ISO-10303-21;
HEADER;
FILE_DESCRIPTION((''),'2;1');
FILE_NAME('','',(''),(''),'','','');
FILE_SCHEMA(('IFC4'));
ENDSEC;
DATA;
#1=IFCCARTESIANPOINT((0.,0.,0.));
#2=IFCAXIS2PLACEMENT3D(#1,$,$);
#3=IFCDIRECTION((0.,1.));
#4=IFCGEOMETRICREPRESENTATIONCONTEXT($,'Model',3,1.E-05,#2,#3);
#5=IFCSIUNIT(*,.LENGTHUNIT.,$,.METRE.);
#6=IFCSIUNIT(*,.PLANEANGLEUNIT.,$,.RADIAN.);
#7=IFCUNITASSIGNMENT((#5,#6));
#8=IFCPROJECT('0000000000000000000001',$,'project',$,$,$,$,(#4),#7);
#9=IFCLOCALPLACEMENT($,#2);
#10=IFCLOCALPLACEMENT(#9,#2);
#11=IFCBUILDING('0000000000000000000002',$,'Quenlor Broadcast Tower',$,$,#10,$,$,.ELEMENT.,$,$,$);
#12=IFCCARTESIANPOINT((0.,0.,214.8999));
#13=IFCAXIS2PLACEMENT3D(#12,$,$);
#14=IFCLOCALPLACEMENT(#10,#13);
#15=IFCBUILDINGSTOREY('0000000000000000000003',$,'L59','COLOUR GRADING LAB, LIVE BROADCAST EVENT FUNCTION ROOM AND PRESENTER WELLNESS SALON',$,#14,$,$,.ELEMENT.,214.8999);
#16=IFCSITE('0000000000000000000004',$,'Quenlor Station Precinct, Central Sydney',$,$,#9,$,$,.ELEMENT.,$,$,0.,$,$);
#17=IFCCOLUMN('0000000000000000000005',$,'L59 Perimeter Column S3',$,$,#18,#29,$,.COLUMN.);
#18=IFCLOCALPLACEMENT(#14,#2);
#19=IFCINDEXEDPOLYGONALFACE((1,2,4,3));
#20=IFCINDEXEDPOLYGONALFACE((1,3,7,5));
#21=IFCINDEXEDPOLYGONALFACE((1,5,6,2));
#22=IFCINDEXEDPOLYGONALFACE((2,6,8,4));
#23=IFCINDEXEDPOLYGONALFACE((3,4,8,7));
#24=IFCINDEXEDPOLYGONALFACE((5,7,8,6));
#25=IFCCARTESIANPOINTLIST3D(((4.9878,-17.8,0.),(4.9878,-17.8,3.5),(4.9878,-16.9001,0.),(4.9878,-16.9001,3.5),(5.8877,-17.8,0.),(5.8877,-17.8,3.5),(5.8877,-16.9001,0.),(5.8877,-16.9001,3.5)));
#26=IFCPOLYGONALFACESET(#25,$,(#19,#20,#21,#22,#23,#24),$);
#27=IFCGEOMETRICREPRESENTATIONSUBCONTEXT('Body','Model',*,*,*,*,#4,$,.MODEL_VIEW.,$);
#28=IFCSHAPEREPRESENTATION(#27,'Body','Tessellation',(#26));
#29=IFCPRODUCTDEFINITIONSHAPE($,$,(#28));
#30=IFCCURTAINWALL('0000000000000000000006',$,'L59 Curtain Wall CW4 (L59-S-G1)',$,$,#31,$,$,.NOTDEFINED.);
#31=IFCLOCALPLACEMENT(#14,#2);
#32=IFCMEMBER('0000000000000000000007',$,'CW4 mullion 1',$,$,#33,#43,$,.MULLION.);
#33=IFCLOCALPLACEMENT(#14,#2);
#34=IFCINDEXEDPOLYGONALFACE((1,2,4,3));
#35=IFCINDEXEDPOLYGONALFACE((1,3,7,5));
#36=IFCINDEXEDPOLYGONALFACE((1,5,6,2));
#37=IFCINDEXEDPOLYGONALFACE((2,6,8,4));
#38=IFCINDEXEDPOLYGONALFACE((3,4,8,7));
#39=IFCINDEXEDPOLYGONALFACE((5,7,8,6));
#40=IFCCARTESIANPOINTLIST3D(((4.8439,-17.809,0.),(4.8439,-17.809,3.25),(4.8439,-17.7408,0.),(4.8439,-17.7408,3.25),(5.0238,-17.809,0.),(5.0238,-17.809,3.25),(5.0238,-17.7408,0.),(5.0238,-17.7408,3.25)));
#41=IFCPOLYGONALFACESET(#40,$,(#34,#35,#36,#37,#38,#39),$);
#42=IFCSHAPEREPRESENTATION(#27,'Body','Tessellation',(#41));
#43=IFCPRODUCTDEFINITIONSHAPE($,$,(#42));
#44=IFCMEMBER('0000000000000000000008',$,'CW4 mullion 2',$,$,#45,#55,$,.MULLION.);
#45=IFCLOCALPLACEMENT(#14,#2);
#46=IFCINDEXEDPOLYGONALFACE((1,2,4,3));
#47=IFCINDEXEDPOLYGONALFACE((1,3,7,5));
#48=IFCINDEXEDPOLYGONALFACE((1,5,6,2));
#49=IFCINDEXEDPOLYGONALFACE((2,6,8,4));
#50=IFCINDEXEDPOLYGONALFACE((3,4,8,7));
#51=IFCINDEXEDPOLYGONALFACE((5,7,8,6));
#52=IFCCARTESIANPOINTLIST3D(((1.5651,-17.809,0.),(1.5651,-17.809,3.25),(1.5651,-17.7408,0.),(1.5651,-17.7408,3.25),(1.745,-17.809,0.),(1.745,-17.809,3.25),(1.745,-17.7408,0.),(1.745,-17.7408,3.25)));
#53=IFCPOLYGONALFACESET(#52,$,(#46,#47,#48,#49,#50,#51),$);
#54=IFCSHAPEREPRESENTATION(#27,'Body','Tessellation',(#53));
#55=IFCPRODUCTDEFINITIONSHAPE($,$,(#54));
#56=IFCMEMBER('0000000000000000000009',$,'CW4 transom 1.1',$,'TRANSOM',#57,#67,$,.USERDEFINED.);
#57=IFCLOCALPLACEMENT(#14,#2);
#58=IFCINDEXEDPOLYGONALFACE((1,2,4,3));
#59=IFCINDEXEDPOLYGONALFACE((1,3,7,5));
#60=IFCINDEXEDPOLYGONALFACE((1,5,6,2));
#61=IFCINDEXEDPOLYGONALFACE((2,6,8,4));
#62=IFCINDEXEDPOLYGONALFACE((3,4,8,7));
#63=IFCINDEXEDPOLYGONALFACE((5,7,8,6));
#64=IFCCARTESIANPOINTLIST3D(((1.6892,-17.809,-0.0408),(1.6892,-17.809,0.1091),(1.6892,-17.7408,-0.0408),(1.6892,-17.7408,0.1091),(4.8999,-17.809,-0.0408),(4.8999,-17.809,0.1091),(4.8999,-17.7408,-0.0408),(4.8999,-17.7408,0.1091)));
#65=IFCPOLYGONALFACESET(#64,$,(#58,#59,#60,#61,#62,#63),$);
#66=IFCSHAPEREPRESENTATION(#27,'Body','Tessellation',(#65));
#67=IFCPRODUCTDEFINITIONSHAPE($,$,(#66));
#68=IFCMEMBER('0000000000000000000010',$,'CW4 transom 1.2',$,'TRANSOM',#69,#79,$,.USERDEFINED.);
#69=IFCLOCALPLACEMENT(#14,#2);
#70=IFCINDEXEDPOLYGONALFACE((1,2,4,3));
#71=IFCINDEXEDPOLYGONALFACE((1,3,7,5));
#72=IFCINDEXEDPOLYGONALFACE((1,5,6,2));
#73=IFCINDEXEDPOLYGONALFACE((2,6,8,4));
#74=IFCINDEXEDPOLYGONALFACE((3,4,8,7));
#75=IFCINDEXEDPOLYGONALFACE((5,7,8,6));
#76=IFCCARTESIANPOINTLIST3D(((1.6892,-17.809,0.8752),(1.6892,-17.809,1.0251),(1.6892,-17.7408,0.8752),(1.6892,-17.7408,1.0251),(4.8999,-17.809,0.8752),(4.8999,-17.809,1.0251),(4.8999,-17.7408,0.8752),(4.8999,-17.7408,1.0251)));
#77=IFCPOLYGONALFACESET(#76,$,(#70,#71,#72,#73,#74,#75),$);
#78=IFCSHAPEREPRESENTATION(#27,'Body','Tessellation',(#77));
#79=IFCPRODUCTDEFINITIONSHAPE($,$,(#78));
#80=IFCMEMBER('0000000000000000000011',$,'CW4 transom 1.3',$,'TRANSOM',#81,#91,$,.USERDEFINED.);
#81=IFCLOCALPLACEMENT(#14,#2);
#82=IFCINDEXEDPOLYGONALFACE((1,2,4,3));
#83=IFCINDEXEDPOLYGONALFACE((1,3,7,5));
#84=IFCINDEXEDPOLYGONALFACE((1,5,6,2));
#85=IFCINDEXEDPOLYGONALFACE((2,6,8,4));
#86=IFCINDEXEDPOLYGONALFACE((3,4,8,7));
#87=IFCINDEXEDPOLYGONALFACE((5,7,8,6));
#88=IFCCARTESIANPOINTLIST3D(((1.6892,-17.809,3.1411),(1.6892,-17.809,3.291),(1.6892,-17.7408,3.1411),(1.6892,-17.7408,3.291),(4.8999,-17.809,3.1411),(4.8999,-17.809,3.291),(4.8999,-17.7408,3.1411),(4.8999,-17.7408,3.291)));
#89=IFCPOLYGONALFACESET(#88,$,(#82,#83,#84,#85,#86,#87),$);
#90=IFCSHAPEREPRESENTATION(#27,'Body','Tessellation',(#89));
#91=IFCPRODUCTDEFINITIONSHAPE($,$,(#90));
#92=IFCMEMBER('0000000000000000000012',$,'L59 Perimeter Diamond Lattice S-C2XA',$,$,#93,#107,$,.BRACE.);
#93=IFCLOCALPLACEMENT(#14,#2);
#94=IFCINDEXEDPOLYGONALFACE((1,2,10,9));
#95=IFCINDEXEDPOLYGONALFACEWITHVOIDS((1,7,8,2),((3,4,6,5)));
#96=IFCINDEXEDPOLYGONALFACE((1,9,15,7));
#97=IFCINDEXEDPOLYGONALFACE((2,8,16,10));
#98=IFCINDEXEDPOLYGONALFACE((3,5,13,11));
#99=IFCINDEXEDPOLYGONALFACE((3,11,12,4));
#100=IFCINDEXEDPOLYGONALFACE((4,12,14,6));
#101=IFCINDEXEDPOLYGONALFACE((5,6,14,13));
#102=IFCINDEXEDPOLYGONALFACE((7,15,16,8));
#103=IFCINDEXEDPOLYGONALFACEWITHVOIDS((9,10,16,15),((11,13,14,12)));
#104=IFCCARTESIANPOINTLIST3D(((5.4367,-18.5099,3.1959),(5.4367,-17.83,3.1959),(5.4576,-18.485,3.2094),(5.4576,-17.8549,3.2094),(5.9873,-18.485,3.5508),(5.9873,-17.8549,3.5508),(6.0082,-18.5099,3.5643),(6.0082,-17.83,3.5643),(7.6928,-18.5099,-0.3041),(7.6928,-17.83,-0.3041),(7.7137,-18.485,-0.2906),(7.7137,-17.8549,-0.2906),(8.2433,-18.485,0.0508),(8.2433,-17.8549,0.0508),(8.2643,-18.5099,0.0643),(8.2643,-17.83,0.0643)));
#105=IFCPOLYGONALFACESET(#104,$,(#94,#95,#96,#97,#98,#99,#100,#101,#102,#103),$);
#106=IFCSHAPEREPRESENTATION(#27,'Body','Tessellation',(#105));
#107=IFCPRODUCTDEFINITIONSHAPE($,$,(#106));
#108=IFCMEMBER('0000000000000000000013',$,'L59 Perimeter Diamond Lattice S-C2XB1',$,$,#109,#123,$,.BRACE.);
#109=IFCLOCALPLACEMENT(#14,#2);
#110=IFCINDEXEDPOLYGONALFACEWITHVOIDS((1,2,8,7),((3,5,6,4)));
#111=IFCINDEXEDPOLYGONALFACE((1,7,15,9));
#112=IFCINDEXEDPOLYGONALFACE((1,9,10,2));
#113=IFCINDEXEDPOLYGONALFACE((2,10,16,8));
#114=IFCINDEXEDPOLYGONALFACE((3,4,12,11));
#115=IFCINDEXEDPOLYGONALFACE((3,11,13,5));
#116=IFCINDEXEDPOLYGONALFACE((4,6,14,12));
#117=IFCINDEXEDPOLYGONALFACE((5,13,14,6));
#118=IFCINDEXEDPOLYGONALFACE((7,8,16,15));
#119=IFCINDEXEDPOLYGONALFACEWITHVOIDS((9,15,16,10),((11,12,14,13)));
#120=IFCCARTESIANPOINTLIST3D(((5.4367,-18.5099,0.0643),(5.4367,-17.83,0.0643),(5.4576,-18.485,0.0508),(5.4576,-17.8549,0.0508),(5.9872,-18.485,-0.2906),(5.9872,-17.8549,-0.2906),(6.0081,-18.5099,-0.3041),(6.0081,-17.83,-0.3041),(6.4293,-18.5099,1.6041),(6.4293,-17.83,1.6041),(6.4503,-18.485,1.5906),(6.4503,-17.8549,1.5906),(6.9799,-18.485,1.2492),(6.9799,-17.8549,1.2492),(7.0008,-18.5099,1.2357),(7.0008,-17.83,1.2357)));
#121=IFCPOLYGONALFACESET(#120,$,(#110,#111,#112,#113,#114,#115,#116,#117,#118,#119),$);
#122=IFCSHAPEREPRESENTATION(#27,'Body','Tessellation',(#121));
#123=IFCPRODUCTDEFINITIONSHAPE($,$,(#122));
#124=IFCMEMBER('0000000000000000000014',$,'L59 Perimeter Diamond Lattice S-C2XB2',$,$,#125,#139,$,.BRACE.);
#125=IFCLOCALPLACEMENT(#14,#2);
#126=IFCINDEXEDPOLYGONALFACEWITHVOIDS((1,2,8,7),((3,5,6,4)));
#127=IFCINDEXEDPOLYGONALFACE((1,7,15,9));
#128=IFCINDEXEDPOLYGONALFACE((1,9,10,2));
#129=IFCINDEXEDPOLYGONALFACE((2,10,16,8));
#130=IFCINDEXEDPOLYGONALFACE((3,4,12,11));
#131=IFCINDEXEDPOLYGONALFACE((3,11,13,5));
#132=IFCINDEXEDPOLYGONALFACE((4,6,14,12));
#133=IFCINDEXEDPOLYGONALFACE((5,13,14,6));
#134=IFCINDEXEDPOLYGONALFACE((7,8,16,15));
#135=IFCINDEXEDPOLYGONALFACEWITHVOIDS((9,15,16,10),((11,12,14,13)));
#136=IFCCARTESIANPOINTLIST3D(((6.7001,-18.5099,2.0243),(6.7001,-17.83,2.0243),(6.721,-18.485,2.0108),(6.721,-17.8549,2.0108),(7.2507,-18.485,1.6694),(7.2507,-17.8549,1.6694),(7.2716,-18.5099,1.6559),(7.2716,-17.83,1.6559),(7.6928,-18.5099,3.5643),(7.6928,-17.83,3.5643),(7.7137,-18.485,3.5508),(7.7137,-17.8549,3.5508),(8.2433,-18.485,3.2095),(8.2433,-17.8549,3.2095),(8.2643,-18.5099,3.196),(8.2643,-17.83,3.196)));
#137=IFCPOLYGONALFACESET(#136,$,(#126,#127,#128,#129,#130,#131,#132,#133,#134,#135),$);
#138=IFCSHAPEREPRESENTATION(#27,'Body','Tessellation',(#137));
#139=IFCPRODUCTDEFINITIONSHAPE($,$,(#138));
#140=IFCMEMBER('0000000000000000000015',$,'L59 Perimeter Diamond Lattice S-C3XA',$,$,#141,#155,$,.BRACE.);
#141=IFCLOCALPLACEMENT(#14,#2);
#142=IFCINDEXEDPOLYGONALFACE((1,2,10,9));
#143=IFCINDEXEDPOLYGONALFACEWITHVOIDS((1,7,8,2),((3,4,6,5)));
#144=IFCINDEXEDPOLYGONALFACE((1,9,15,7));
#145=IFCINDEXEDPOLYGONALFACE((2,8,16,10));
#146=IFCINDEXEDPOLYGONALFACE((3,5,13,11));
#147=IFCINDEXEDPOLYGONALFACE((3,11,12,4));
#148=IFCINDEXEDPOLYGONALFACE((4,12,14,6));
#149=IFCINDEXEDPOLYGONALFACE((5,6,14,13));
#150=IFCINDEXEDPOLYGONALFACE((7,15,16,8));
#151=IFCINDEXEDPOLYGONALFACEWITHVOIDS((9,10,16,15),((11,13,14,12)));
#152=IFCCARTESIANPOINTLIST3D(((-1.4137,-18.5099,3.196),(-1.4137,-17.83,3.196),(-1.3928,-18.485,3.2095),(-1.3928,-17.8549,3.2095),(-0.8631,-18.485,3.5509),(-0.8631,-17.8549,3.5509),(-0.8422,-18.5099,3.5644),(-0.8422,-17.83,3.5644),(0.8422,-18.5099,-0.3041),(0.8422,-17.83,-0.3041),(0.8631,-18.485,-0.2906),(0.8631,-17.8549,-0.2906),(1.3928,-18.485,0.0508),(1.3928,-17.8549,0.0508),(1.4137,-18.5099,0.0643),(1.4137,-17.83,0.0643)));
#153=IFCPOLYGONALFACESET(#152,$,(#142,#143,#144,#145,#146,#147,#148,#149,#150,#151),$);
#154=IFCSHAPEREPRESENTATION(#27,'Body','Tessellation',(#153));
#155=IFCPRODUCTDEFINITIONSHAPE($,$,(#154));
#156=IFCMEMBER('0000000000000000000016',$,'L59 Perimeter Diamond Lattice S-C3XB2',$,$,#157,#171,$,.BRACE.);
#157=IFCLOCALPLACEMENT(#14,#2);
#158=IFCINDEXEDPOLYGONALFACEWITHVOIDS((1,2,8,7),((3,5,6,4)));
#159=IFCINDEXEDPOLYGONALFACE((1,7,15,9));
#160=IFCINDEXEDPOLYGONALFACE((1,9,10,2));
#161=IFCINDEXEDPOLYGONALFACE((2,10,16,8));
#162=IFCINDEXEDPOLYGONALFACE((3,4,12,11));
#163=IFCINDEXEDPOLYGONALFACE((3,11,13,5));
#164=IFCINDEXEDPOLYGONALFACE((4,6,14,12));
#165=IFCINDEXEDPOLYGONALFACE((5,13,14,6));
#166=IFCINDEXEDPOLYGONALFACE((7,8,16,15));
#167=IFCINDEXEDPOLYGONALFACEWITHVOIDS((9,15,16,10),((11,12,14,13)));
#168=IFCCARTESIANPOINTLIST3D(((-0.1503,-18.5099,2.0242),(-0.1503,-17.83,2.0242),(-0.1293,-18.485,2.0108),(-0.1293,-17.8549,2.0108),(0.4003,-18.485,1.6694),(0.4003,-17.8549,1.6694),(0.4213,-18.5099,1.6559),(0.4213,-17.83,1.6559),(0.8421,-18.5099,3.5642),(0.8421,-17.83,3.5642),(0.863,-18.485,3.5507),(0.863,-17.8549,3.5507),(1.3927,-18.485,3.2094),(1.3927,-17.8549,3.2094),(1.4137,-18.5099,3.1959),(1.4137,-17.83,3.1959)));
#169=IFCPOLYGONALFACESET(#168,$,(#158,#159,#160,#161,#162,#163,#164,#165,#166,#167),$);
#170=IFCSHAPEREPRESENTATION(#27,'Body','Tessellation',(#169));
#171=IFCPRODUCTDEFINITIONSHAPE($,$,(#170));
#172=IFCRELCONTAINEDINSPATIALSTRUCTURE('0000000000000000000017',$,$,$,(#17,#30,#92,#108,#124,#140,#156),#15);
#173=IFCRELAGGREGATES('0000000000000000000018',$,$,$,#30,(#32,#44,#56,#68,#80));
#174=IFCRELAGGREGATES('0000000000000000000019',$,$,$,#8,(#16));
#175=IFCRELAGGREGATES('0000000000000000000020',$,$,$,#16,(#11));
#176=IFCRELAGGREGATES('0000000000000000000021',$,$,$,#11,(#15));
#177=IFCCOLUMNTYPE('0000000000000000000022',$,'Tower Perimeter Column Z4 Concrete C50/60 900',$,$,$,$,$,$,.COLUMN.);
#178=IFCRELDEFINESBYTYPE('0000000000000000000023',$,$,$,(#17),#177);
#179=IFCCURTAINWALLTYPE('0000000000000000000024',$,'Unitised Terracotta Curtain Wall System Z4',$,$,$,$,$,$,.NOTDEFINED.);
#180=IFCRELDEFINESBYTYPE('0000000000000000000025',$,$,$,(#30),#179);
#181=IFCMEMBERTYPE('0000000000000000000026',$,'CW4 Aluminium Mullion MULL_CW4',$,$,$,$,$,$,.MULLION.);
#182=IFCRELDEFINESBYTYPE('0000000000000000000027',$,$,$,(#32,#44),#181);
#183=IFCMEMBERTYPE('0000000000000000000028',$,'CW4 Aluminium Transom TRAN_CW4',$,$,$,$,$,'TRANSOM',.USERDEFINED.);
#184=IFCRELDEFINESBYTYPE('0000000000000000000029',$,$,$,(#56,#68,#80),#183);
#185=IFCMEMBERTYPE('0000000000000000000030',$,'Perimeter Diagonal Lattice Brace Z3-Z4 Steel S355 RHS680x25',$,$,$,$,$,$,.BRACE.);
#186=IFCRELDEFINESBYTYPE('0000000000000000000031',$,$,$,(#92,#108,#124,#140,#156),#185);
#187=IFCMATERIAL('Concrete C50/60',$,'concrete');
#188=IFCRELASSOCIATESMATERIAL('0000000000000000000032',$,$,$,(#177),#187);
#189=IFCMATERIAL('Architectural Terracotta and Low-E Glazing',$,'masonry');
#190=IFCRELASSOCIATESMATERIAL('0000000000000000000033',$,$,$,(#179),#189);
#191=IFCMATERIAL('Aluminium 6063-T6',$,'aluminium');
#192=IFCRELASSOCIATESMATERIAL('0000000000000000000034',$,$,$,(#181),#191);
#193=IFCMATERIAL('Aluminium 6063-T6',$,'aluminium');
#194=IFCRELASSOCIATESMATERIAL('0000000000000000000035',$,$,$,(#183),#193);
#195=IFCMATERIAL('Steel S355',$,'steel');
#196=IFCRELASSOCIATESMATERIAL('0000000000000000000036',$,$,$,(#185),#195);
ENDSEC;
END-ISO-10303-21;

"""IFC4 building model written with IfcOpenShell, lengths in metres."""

from ifc_helpers import new_model, si_unit, direction, frame, origin, origin_2d, place, context, subcontext, project, spatial, rectangle, hollow_rectangle, extrude, material, material_profile, profile_set, type_object, element, aggregate, save


model = new_model("IFC4")

# Units and contexts
model_context = context("Model", 3, precision=1e-05, world=origin(), true_north=direction((0.0, 1.0)))
body_context = subcontext(model_context, "Body", "Model", "MODEL_VIEW")
ifc_project = project(units=[si_unit("LENGTHUNIT", "METRE"), si_unit("PLANEANGLEUNIT", "RADIAN")], contexts=[model_context])

# Site, building, storey
site_placement = place(None, origin())
site = spatial("IfcSite", under=ifc_project, at=site_placement, Name="Quenlor Station Precinct, Central Sydney", CompositionType="ELEMENT", RefElevation=0.0)
building_placement = place(site_placement, origin())
building = spatial("IfcBuilding", under=site, at=building_placement, Name="Quenlor Broadcast Tower", CompositionType="ELEMENT")
storey_placement = place(building_placement, frame((0.0, 0.0, 214.8999)))
storey = spatial("IfcBuildingStorey", under=building, at=storey_placement, Name="L59", Description="COLOUR GRADING LAB, LIVE BROADCAST EVENT FUNCTION ROOM AND PRESENTER WELLNESS SALON", CompositionType="ELEMENT", Elevation=214.8999)

# Column
ifc_material_1 = material(Name="Concrete C50/60", Category="concrete")
ifc_material_profile_1 = material_profile(ifc_material_1, rectangle(XDim=0.8999, YDim=0.8999, at=origin_2d()))
ifc_profile_set_1 = profile_set([ifc_material_profile_1], Name="Concrete C50/60 RC900x900")
column_type = type_object("IfcColumnType", Name="Tower Perimeter Column Z4 Concrete C50/60 900", PredefinedType="COLUMN", material=ifc_profile_set_1)
column_placement = place(storey_placement, frame((5.4377, -17.3501, 0.0), z_axis=(0.0, 0.0, 1.0), x_axis=(0.0, 1.0, 0.0)))
element("IfcColumn", 1, at=column_placement, inside=storey, type_object=column_type, Name="L59 Perimeter Column S3", PredefinedType="COLUMN", context=body_context, shape_type="SweptSolid", body=[
    extrude(rectangle(XDim=0.8999, YDim=0.8999, at=origin_2d()), origin(), (0.0, 0.0, 1.0), 3.5),
])

# Curtain wall, members
ifc_material_2 = material(Name="Architectural Terracotta and Low-E Glazing", Category="masonry")
curtain_wall_type = type_object("IfcCurtainWallType", Name="Unitised Terracotta Curtain Wall System Z4", PredefinedType="NOTDEFINED", material=ifc_material_2)
curtain_wall_placement = place(storey_placement, origin())
curtain_wall = element("IfcCurtainWall", 2, at=curtain_wall_placement, inside=storey, type_object=curtain_wall_type, Name="L59 Curtain Wall CW4 (L59-S-G1)", PredefinedType="NOTDEFINED")
ifc_material_3 = material(Name="Aluminium 6063-T6", Category="aluminium")
ifc_material_profile_2 = material_profile(ifc_material_3, rectangle(XDim=0.0681, YDim=0.1799, at=origin_2d()))
ifc_profile_set_2 = profile_set([ifc_material_profile_2], Name="Aluminium 6063-T6 MULL68x180")
member_type_1 = type_object("IfcMemberType", Name="CW4 Aluminium Mullion MULL_CW4", PredefinedType="MULLION", material=ifc_profile_set_2)
member_1_placement = place(storey_placement, frame((4.9338, -17.7749, 0.0), z_axis=(0.0, 0.0, 1.0), x_axis=(0.0, -1.0, 0.0)))
member_1 = element("IfcMember", 3, at=member_1_placement, type_object=member_type_1, Name="CW4 mullion 1", PredefinedType="MULLION", context=body_context, shape_type="SweptSolid", body=[
    extrude(rectangle(XDim=0.0681, YDim=0.1799, at=origin_2d()), origin(), (0.0, 0.0, 1.0), 3.25),
])
member_2_placement = place(storey_placement, frame((1.655, -17.7749, 0.0), z_axis=(0.0, 0.0, 1.0), x_axis=(0.0, -1.0, 0.0)))
member_2 = element("IfcMember", 4, at=member_2_placement, type_object=member_type_1, Name="CW4 mullion 2", PredefinedType="MULLION", context=body_context, shape_type="SweptSolid", body=[
    extrude(rectangle(XDim=0.0681, YDim=0.1799, at=origin_2d()), origin(), (0.0, 0.0, 1.0), 3.25),
])
ifc_material_4 = material(Name="Aluminium 6063-T6", Category="aluminium")
ifc_material_profile_3 = material_profile(ifc_material_4, rectangle(XDim=0.0681, YDim=0.1499, at=origin_2d()))
ifc_profile_set_3 = profile_set([ifc_material_profile_3], Name="Aluminium 6063-T6 TRAN68x150")
member_type_2 = type_object("IfcMemberType", Name="CW4 Aluminium Transom TRAN_CW4", ElementType="TRANSOM", PredefinedType="USERDEFINED", material=ifc_profile_set_3)
member_3_placement = place(storey_placement, frame((4.8999, -17.7749, 0.0342), z_axis=(-1.0, 0.0, 0.0), x_axis=(0.0, -1.0, 0.0)))
member_3 = element("IfcMember", 5, at=member_3_placement, type_object=member_type_2, Name="CW4 transom 1.1", ObjectType="TRANSOM", PredefinedType="USERDEFINED", context=body_context, shape_type="SweptSolid", body=[
    extrude(rectangle(XDim=0.0681, YDim=0.1499, at=origin_2d()), origin(), (0.0, 0.0, 1.0), 3.2107),
])
member_4_placement = place(storey_placement, frame((4.8999, -17.7749, 0.9502), z_axis=(-1.0, 0.0, 0.0), x_axis=(0.0, -1.0, 0.0)))
member_4 = element("IfcMember", 6, at=member_4_placement, type_object=member_type_2, Name="CW4 transom 1.2", ObjectType="TRANSOM", PredefinedType="USERDEFINED", context=body_context, shape_type="SweptSolid", body=[
    extrude(rectangle(XDim=0.0681, YDim=0.1499, at=origin_2d()), origin(), (0.0, 0.0, 1.0), 3.2107),
])
member_5_placement = place(storey_placement, frame((4.8999, -17.7749, 3.2161), z_axis=(-1.0, 0.0, 0.0), x_axis=(0.0, -1.0, 0.0)))
member_5 = element("IfcMember", 7, at=member_5_placement, type_object=member_type_2, Name="CW4 transom 1.3", ObjectType="TRANSOM", PredefinedType="USERDEFINED", context=body_context, shape_type="SweptSolid", body=[
    extrude(rectangle(XDim=0.0681, YDim=0.1499, at=origin_2d()), origin(), (0.0, 0.0, 1.0), 3.2107),
])

# Members
ifc_material_5 = material(Name="Steel S355", Category="steel")
ifc_material_profile_4 = material_profile(ifc_material_5, hollow_rectangle(XDim=0.6799, YDim=0.6799, WallThickness=0.0249, at=origin_2d()))
ifc_profile_set_4 = profile_set([ifc_material_profile_4], Name="Steel S355 RHS680x680x25")
member_type_3 = type_object("IfcMemberType", Name="Perimeter Diagonal Lattice Brace Z3-Z4 Steel S355 RHS680x25", PredefinedType="BRACE", material=ifc_profile_set_4)
member_6_placement = place(storey_placement, frame((7.9785, -18.1699, -0.1199), z_axis=(-0.541794, 0.0, 0.840511), x_axis=(0.0, -1.0, 0.0)))
element("IfcMember", 8, at=member_6_placement, inside=storey, type_object=member_type_3, Name="L59 Perimeter Diamond Lattice S-C2XA", PredefinedType="BRACE", context=body_context, shape_type="SweptSolid", body=[
    extrude(hollow_rectangle(XDim=0.6799, YDim=0.6799, WallThickness=0.0249, at=origin_2d()), origin(), (0.0, 0.0, 1.0), 4.1641),
])
member_7_placement = place(storey_placement, frame((5.7224, -18.1699, -0.1199), z_axis=(0.541842, 0.0, 0.840481), x_axis=(0.0, 1.0, 0.0)))
element("IfcMember", 9, at=member_7_placement, inside=storey, type_object=member_type_3, Name="L59 Perimeter Diamond Lattice S-C2XB1", PredefinedType="BRACE", context=body_context, shape_type="SweptSolid", body=[
    extrude(hollow_rectangle(XDim=0.6799, YDim=0.6799, WallThickness=0.0249, at=origin_2d()), origin(), (0.0, 0.0, 1.0), 1.832),
])
member_8_placement = place(storey_placement, frame((6.9858, -18.1699, 1.8401), z_axis=(0.541781, 0.0, 0.84052), x_axis=(0.0, 1.0, 0.0)))
element("IfcMember", 10, at=member_8_placement, inside=storey, type_object=member_type_3, Name="L59 Perimeter Diamond Lattice S-C2XB2", PredefinedType="BRACE", context=body_context, shape_type="SweptSolid", body=[
    extrude(hollow_rectangle(XDim=0.6799, YDim=0.6799, WallThickness=0.0249, at=origin_2d()), origin(), (0.0, 0.0, 1.0), 1.8323),
])
member_9_placement = place(storey_placement, frame((1.1279, -18.1699, -0.1199), z_axis=(-0.541753, 0.0, 0.840538), x_axis=(0.0, -1.0, 0.0)))
element("IfcMember", 11, at=member_9_placement, inside=storey, type_object=member_type_3, Name="L59 Perimeter Diamond Lattice S-C3XA", PredefinedType="BRACE", context=body_context, shape_type="SweptSolid", body=[
    extrude(hollow_rectangle(XDim=0.6799, YDim=0.6799, WallThickness=0.0249, at=origin_2d()), origin(), (0.0, 0.0, 1.0), 4.1641),
])
member_10_placement = place(storey_placement, frame((0.1355, -18.1699, 1.8401), z_axis=(0.541687, 0.0, 0.84058), x_axis=(0.0, 1.0, 0.0)))
element("IfcMember", 12, at=member_10_placement, inside=storey, type_object=member_type_3, Name="L59 Perimeter Diamond Lattice S-C3XB2", PredefinedType="BRACE", context=body_context, shape_type="SweptSolid", body=[
    extrude(hollow_rectangle(XDim=0.6799, YDim=0.6799, WallThickness=0.0249, at=origin_2d()), origin(), (0.0, 0.0, 1.0), 1.832),
])

aggregate(curtain_wall, [member_1, member_2, member_3, member_4, member_5])

save(model, "model.ifc")
